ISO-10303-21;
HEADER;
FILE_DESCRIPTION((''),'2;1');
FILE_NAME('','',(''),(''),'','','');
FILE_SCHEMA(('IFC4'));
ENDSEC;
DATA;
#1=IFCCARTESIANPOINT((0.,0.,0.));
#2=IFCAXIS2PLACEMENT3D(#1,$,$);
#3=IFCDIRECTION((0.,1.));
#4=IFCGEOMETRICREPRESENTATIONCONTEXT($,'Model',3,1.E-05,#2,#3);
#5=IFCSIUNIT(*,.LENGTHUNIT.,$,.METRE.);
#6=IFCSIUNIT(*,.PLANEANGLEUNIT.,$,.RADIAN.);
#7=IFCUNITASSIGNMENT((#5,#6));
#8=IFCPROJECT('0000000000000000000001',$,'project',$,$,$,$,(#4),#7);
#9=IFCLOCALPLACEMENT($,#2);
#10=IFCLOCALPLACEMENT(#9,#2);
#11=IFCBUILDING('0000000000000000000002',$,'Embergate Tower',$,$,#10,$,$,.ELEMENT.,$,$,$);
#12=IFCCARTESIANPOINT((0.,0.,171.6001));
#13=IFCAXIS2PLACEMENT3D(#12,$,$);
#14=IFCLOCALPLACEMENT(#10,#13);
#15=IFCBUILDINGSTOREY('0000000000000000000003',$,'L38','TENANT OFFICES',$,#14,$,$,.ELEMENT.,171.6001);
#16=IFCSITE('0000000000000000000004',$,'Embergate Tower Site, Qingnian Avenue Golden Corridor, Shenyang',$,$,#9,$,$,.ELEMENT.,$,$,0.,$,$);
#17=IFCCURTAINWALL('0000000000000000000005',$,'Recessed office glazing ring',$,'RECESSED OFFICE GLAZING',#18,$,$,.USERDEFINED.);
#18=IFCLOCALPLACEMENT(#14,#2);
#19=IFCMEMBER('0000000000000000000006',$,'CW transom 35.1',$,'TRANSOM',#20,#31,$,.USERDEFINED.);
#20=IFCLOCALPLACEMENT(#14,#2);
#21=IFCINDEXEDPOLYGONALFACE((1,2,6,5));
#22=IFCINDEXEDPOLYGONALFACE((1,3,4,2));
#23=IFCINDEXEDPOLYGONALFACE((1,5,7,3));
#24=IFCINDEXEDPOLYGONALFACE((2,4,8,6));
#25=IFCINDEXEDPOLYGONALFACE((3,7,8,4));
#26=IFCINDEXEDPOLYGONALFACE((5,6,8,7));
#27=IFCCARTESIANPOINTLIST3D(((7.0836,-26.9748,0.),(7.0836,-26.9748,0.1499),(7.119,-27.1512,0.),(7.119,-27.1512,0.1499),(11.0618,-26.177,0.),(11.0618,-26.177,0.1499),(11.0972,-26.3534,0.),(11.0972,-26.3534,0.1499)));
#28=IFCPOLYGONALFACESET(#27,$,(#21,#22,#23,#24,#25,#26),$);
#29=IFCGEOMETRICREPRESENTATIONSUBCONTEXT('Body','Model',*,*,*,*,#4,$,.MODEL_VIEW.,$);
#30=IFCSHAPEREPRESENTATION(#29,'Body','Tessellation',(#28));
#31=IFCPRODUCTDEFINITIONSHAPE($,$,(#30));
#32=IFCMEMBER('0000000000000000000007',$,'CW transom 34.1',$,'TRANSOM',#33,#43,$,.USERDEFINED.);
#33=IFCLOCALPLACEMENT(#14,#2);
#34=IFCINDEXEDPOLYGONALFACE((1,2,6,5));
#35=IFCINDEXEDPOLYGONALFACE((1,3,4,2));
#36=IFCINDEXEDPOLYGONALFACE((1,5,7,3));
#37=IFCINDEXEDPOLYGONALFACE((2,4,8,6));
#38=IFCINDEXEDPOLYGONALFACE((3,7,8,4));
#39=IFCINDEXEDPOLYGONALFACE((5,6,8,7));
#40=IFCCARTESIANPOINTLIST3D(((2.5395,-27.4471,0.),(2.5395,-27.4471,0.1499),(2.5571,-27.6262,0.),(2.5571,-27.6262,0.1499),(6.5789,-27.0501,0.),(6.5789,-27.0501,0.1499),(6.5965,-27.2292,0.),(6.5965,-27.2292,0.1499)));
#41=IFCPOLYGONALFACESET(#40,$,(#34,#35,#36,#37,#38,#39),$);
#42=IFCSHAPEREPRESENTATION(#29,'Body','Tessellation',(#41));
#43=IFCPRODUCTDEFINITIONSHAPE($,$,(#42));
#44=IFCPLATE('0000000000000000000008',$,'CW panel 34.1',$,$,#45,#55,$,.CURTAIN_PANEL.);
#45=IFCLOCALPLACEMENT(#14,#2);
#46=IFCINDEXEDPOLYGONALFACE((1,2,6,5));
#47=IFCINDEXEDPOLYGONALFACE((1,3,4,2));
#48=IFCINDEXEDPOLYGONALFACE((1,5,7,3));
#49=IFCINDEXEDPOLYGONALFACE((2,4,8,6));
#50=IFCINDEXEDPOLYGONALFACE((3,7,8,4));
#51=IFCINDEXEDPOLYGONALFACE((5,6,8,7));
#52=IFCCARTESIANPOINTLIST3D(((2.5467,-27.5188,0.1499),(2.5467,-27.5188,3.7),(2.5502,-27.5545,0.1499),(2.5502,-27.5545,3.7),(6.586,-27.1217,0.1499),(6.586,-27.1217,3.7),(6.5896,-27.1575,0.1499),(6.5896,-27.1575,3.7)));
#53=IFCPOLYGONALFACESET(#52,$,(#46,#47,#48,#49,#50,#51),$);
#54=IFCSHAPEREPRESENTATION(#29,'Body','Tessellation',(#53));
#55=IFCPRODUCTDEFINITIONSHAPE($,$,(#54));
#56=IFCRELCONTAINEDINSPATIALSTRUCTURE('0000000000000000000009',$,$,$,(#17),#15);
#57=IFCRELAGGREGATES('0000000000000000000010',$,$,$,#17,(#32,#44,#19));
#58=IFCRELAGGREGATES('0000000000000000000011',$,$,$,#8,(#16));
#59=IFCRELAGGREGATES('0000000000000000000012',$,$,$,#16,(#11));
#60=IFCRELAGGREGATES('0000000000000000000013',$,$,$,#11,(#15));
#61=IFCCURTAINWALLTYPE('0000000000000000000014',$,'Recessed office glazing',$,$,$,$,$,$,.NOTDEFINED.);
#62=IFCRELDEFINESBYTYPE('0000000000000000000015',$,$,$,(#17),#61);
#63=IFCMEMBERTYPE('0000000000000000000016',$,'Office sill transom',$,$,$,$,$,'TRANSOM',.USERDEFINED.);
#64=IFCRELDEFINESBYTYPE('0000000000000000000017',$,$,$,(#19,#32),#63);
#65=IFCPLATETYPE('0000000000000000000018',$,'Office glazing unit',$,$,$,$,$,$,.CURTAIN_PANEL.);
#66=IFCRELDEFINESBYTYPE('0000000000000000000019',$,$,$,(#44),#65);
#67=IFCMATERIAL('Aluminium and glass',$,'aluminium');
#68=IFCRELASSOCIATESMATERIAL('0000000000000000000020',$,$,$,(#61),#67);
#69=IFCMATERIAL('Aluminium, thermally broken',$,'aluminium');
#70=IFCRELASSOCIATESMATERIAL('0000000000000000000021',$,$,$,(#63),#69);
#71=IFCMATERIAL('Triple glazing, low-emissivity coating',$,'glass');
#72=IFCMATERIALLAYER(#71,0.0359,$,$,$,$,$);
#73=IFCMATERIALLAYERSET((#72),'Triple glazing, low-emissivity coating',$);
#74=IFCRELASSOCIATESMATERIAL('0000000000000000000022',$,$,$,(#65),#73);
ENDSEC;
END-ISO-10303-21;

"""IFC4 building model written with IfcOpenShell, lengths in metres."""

from ifc_helpers import new_model, si_unit, direction, frame, origin, origin_2d, place, context, subcontext, project, spatial, rectangle, extrude, source, transform, mapped, material, layer, layer_set, material_profile, profile_set, type_object, element, aggregate, save


model = new_model("IFC4")

# Units and contexts
model_context = context("Model", 3, precision=1e-05, world=origin(), true_north=direction((0.0, 1.0)))
body_context = subcontext(model_context, "Body", "Model", "MODEL_VIEW")
ifc_project = project(units=[si_unit("LENGTHUNIT", "METRE"), si_unit("PLANEANGLEUNIT", "RADIAN")], contexts=[model_context])

# Site, building, storey
site_placement = place(None, origin())
site = spatial("IfcSite", under=ifc_project, at=site_placement, Name="Embergate Tower Site, Qingnian Avenue Golden Corridor, Shenyang", CompositionType="ELEMENT", RefElevation=0.0)
building_placement = place(site_placement, origin())
building = spatial("IfcBuilding", under=site, at=building_placement, Name="Embergate Tower", CompositionType="ELEMENT")
storey_placement = place(building_placement, frame((0.0, 0.0, 171.6001)))
storey = spatial("IfcBuildingStorey", under=building, at=storey_placement, Name="L38", Description="TENANT OFFICES", CompositionType="ELEMENT", Elevation=171.6001)

# Curtain wall, members, plate
ifc_material_1 = material(Name="Aluminium and glass", Category="aluminium")
curtain_wall_type = type_object("IfcCurtainWallType", Name="Recessed office glazing", PredefinedType="NOTDEFINED", material=ifc_material_1)
curtain_wall_placement = place(storey_placement, origin())
curtain_wall = element("IfcCurtainWall", 1, at=curtain_wall_placement, inside=storey, type_object=curtain_wall_type, Name="Recessed office glazing ring", ObjectType="RECESSED OFFICE GLAZING", PredefinedType="USERDEFINED")
ifc_material_2 = material(Name="Aluminium, thermally broken", Category="aluminium")
ifc_material_profile_1 = material_profile(ifc_material_2, rectangle(XDim=0.1799, YDim=0.1499, at=origin_2d()), Name="AL 150x180")
ifc_profile_set_1 = profile_set([ifc_material_profile_1], Name="Aluminium, thermally broken")
member_type_1 = type_object("IfcMemberType", Name="Office sill transom", ElementType="TRANSOM", PredefinedType="USERDEFINED", material=ifc_profile_set_1)
shared_shape_1 = source(origin(), body_context, "Body", "SweptSolid", [
    extrude(rectangle(XDim=0.1799, YDim=0.1499, at=origin_2d()), origin(), (0.0, 0.0, 1.0), 4.0574),
])
member_1_placement = place(storey_placement, frame((7.1013, -27.063, 0.075), z_axis=(0.980476, 0.196637, 0.0), x_axis=(-0.196637, 0.980476, 0.0)))
member_1 = element("IfcMember", 2, at=member_1_placement, type_object=member_type_1, Name="CW transom 35.1", ObjectType="TRANSOM", PredefinedType="USERDEFINED", context=body_context, shape_type="MappedRepresentation", body=[
    mapped(shared_shape_1, transform((0.0, 0.0, 0.0))),
])
shared_shape_2 = source(origin(), body_context, "Body", "SweptSolid", [
    extrude(rectangle(XDim=0.1799, YDim=0.1499, at=origin_2d()), origin(), (0.0, 0.0, 1.0), 4.0588),
])
member_2_placement = place(storey_placement, frame((2.5483, -27.5366, 0.075), z_axis=(0.995205, 0.097806, 0.0), x_axis=(-0.097806, 0.995205, 0.0)))
member_2 = element("IfcMember", 3, at=member_2_placement, type_object=member_type_1, Name="CW transom 34.1", ObjectType="TRANSOM", PredefinedType="USERDEFINED", context=body_context, shape_type="MappedRepresentation", body=[
    mapped(shared_shape_2, transform((0.0, 0.0, 0.0))),
])
ifc_material_3 = material(Name="Triple glazing, low-emissivity coating", Category="glass")
ifc_layer = layer(ifc_material_3, 0.0359)
ifc_layer_set = layer_set([ifc_layer], Name="Triple glazing, low-emissivity coating")
plate_type = type_object("IfcPlateType", Name="Office glazing unit", PredefinedType="CURTAIN_PANEL", material=ifc_layer_set)
shared_shape_3 = source(origin(), body_context, "Body", "SweptSolid", [
    extrude(rectangle(XDim=4.0588, YDim=0.0359, at=origin_2d()), origin(), (0.0, 0.0, 1.0), 3.55),
])
plate_placement = place(storey_placement, frame((4.5681, -27.3381, 0.1499), z_axis=(0.0, 0.0, 1.0), x_axis=(0.995203, 0.097828, 0.0)))
plate = element("IfcPlate", 4, at=plate_placement, type_object=plate_type, Name="CW panel 34.1", PredefinedType="CURTAIN_PANEL", context=body_context, shape_type="MappedRepresentation", body=[
    mapped(shared_shape_3, transform((0.0, 0.0, 0.0))),
])
aggregate(curtain_wall, [member_2, plate, member_1])

save(model, "model.ifc")
